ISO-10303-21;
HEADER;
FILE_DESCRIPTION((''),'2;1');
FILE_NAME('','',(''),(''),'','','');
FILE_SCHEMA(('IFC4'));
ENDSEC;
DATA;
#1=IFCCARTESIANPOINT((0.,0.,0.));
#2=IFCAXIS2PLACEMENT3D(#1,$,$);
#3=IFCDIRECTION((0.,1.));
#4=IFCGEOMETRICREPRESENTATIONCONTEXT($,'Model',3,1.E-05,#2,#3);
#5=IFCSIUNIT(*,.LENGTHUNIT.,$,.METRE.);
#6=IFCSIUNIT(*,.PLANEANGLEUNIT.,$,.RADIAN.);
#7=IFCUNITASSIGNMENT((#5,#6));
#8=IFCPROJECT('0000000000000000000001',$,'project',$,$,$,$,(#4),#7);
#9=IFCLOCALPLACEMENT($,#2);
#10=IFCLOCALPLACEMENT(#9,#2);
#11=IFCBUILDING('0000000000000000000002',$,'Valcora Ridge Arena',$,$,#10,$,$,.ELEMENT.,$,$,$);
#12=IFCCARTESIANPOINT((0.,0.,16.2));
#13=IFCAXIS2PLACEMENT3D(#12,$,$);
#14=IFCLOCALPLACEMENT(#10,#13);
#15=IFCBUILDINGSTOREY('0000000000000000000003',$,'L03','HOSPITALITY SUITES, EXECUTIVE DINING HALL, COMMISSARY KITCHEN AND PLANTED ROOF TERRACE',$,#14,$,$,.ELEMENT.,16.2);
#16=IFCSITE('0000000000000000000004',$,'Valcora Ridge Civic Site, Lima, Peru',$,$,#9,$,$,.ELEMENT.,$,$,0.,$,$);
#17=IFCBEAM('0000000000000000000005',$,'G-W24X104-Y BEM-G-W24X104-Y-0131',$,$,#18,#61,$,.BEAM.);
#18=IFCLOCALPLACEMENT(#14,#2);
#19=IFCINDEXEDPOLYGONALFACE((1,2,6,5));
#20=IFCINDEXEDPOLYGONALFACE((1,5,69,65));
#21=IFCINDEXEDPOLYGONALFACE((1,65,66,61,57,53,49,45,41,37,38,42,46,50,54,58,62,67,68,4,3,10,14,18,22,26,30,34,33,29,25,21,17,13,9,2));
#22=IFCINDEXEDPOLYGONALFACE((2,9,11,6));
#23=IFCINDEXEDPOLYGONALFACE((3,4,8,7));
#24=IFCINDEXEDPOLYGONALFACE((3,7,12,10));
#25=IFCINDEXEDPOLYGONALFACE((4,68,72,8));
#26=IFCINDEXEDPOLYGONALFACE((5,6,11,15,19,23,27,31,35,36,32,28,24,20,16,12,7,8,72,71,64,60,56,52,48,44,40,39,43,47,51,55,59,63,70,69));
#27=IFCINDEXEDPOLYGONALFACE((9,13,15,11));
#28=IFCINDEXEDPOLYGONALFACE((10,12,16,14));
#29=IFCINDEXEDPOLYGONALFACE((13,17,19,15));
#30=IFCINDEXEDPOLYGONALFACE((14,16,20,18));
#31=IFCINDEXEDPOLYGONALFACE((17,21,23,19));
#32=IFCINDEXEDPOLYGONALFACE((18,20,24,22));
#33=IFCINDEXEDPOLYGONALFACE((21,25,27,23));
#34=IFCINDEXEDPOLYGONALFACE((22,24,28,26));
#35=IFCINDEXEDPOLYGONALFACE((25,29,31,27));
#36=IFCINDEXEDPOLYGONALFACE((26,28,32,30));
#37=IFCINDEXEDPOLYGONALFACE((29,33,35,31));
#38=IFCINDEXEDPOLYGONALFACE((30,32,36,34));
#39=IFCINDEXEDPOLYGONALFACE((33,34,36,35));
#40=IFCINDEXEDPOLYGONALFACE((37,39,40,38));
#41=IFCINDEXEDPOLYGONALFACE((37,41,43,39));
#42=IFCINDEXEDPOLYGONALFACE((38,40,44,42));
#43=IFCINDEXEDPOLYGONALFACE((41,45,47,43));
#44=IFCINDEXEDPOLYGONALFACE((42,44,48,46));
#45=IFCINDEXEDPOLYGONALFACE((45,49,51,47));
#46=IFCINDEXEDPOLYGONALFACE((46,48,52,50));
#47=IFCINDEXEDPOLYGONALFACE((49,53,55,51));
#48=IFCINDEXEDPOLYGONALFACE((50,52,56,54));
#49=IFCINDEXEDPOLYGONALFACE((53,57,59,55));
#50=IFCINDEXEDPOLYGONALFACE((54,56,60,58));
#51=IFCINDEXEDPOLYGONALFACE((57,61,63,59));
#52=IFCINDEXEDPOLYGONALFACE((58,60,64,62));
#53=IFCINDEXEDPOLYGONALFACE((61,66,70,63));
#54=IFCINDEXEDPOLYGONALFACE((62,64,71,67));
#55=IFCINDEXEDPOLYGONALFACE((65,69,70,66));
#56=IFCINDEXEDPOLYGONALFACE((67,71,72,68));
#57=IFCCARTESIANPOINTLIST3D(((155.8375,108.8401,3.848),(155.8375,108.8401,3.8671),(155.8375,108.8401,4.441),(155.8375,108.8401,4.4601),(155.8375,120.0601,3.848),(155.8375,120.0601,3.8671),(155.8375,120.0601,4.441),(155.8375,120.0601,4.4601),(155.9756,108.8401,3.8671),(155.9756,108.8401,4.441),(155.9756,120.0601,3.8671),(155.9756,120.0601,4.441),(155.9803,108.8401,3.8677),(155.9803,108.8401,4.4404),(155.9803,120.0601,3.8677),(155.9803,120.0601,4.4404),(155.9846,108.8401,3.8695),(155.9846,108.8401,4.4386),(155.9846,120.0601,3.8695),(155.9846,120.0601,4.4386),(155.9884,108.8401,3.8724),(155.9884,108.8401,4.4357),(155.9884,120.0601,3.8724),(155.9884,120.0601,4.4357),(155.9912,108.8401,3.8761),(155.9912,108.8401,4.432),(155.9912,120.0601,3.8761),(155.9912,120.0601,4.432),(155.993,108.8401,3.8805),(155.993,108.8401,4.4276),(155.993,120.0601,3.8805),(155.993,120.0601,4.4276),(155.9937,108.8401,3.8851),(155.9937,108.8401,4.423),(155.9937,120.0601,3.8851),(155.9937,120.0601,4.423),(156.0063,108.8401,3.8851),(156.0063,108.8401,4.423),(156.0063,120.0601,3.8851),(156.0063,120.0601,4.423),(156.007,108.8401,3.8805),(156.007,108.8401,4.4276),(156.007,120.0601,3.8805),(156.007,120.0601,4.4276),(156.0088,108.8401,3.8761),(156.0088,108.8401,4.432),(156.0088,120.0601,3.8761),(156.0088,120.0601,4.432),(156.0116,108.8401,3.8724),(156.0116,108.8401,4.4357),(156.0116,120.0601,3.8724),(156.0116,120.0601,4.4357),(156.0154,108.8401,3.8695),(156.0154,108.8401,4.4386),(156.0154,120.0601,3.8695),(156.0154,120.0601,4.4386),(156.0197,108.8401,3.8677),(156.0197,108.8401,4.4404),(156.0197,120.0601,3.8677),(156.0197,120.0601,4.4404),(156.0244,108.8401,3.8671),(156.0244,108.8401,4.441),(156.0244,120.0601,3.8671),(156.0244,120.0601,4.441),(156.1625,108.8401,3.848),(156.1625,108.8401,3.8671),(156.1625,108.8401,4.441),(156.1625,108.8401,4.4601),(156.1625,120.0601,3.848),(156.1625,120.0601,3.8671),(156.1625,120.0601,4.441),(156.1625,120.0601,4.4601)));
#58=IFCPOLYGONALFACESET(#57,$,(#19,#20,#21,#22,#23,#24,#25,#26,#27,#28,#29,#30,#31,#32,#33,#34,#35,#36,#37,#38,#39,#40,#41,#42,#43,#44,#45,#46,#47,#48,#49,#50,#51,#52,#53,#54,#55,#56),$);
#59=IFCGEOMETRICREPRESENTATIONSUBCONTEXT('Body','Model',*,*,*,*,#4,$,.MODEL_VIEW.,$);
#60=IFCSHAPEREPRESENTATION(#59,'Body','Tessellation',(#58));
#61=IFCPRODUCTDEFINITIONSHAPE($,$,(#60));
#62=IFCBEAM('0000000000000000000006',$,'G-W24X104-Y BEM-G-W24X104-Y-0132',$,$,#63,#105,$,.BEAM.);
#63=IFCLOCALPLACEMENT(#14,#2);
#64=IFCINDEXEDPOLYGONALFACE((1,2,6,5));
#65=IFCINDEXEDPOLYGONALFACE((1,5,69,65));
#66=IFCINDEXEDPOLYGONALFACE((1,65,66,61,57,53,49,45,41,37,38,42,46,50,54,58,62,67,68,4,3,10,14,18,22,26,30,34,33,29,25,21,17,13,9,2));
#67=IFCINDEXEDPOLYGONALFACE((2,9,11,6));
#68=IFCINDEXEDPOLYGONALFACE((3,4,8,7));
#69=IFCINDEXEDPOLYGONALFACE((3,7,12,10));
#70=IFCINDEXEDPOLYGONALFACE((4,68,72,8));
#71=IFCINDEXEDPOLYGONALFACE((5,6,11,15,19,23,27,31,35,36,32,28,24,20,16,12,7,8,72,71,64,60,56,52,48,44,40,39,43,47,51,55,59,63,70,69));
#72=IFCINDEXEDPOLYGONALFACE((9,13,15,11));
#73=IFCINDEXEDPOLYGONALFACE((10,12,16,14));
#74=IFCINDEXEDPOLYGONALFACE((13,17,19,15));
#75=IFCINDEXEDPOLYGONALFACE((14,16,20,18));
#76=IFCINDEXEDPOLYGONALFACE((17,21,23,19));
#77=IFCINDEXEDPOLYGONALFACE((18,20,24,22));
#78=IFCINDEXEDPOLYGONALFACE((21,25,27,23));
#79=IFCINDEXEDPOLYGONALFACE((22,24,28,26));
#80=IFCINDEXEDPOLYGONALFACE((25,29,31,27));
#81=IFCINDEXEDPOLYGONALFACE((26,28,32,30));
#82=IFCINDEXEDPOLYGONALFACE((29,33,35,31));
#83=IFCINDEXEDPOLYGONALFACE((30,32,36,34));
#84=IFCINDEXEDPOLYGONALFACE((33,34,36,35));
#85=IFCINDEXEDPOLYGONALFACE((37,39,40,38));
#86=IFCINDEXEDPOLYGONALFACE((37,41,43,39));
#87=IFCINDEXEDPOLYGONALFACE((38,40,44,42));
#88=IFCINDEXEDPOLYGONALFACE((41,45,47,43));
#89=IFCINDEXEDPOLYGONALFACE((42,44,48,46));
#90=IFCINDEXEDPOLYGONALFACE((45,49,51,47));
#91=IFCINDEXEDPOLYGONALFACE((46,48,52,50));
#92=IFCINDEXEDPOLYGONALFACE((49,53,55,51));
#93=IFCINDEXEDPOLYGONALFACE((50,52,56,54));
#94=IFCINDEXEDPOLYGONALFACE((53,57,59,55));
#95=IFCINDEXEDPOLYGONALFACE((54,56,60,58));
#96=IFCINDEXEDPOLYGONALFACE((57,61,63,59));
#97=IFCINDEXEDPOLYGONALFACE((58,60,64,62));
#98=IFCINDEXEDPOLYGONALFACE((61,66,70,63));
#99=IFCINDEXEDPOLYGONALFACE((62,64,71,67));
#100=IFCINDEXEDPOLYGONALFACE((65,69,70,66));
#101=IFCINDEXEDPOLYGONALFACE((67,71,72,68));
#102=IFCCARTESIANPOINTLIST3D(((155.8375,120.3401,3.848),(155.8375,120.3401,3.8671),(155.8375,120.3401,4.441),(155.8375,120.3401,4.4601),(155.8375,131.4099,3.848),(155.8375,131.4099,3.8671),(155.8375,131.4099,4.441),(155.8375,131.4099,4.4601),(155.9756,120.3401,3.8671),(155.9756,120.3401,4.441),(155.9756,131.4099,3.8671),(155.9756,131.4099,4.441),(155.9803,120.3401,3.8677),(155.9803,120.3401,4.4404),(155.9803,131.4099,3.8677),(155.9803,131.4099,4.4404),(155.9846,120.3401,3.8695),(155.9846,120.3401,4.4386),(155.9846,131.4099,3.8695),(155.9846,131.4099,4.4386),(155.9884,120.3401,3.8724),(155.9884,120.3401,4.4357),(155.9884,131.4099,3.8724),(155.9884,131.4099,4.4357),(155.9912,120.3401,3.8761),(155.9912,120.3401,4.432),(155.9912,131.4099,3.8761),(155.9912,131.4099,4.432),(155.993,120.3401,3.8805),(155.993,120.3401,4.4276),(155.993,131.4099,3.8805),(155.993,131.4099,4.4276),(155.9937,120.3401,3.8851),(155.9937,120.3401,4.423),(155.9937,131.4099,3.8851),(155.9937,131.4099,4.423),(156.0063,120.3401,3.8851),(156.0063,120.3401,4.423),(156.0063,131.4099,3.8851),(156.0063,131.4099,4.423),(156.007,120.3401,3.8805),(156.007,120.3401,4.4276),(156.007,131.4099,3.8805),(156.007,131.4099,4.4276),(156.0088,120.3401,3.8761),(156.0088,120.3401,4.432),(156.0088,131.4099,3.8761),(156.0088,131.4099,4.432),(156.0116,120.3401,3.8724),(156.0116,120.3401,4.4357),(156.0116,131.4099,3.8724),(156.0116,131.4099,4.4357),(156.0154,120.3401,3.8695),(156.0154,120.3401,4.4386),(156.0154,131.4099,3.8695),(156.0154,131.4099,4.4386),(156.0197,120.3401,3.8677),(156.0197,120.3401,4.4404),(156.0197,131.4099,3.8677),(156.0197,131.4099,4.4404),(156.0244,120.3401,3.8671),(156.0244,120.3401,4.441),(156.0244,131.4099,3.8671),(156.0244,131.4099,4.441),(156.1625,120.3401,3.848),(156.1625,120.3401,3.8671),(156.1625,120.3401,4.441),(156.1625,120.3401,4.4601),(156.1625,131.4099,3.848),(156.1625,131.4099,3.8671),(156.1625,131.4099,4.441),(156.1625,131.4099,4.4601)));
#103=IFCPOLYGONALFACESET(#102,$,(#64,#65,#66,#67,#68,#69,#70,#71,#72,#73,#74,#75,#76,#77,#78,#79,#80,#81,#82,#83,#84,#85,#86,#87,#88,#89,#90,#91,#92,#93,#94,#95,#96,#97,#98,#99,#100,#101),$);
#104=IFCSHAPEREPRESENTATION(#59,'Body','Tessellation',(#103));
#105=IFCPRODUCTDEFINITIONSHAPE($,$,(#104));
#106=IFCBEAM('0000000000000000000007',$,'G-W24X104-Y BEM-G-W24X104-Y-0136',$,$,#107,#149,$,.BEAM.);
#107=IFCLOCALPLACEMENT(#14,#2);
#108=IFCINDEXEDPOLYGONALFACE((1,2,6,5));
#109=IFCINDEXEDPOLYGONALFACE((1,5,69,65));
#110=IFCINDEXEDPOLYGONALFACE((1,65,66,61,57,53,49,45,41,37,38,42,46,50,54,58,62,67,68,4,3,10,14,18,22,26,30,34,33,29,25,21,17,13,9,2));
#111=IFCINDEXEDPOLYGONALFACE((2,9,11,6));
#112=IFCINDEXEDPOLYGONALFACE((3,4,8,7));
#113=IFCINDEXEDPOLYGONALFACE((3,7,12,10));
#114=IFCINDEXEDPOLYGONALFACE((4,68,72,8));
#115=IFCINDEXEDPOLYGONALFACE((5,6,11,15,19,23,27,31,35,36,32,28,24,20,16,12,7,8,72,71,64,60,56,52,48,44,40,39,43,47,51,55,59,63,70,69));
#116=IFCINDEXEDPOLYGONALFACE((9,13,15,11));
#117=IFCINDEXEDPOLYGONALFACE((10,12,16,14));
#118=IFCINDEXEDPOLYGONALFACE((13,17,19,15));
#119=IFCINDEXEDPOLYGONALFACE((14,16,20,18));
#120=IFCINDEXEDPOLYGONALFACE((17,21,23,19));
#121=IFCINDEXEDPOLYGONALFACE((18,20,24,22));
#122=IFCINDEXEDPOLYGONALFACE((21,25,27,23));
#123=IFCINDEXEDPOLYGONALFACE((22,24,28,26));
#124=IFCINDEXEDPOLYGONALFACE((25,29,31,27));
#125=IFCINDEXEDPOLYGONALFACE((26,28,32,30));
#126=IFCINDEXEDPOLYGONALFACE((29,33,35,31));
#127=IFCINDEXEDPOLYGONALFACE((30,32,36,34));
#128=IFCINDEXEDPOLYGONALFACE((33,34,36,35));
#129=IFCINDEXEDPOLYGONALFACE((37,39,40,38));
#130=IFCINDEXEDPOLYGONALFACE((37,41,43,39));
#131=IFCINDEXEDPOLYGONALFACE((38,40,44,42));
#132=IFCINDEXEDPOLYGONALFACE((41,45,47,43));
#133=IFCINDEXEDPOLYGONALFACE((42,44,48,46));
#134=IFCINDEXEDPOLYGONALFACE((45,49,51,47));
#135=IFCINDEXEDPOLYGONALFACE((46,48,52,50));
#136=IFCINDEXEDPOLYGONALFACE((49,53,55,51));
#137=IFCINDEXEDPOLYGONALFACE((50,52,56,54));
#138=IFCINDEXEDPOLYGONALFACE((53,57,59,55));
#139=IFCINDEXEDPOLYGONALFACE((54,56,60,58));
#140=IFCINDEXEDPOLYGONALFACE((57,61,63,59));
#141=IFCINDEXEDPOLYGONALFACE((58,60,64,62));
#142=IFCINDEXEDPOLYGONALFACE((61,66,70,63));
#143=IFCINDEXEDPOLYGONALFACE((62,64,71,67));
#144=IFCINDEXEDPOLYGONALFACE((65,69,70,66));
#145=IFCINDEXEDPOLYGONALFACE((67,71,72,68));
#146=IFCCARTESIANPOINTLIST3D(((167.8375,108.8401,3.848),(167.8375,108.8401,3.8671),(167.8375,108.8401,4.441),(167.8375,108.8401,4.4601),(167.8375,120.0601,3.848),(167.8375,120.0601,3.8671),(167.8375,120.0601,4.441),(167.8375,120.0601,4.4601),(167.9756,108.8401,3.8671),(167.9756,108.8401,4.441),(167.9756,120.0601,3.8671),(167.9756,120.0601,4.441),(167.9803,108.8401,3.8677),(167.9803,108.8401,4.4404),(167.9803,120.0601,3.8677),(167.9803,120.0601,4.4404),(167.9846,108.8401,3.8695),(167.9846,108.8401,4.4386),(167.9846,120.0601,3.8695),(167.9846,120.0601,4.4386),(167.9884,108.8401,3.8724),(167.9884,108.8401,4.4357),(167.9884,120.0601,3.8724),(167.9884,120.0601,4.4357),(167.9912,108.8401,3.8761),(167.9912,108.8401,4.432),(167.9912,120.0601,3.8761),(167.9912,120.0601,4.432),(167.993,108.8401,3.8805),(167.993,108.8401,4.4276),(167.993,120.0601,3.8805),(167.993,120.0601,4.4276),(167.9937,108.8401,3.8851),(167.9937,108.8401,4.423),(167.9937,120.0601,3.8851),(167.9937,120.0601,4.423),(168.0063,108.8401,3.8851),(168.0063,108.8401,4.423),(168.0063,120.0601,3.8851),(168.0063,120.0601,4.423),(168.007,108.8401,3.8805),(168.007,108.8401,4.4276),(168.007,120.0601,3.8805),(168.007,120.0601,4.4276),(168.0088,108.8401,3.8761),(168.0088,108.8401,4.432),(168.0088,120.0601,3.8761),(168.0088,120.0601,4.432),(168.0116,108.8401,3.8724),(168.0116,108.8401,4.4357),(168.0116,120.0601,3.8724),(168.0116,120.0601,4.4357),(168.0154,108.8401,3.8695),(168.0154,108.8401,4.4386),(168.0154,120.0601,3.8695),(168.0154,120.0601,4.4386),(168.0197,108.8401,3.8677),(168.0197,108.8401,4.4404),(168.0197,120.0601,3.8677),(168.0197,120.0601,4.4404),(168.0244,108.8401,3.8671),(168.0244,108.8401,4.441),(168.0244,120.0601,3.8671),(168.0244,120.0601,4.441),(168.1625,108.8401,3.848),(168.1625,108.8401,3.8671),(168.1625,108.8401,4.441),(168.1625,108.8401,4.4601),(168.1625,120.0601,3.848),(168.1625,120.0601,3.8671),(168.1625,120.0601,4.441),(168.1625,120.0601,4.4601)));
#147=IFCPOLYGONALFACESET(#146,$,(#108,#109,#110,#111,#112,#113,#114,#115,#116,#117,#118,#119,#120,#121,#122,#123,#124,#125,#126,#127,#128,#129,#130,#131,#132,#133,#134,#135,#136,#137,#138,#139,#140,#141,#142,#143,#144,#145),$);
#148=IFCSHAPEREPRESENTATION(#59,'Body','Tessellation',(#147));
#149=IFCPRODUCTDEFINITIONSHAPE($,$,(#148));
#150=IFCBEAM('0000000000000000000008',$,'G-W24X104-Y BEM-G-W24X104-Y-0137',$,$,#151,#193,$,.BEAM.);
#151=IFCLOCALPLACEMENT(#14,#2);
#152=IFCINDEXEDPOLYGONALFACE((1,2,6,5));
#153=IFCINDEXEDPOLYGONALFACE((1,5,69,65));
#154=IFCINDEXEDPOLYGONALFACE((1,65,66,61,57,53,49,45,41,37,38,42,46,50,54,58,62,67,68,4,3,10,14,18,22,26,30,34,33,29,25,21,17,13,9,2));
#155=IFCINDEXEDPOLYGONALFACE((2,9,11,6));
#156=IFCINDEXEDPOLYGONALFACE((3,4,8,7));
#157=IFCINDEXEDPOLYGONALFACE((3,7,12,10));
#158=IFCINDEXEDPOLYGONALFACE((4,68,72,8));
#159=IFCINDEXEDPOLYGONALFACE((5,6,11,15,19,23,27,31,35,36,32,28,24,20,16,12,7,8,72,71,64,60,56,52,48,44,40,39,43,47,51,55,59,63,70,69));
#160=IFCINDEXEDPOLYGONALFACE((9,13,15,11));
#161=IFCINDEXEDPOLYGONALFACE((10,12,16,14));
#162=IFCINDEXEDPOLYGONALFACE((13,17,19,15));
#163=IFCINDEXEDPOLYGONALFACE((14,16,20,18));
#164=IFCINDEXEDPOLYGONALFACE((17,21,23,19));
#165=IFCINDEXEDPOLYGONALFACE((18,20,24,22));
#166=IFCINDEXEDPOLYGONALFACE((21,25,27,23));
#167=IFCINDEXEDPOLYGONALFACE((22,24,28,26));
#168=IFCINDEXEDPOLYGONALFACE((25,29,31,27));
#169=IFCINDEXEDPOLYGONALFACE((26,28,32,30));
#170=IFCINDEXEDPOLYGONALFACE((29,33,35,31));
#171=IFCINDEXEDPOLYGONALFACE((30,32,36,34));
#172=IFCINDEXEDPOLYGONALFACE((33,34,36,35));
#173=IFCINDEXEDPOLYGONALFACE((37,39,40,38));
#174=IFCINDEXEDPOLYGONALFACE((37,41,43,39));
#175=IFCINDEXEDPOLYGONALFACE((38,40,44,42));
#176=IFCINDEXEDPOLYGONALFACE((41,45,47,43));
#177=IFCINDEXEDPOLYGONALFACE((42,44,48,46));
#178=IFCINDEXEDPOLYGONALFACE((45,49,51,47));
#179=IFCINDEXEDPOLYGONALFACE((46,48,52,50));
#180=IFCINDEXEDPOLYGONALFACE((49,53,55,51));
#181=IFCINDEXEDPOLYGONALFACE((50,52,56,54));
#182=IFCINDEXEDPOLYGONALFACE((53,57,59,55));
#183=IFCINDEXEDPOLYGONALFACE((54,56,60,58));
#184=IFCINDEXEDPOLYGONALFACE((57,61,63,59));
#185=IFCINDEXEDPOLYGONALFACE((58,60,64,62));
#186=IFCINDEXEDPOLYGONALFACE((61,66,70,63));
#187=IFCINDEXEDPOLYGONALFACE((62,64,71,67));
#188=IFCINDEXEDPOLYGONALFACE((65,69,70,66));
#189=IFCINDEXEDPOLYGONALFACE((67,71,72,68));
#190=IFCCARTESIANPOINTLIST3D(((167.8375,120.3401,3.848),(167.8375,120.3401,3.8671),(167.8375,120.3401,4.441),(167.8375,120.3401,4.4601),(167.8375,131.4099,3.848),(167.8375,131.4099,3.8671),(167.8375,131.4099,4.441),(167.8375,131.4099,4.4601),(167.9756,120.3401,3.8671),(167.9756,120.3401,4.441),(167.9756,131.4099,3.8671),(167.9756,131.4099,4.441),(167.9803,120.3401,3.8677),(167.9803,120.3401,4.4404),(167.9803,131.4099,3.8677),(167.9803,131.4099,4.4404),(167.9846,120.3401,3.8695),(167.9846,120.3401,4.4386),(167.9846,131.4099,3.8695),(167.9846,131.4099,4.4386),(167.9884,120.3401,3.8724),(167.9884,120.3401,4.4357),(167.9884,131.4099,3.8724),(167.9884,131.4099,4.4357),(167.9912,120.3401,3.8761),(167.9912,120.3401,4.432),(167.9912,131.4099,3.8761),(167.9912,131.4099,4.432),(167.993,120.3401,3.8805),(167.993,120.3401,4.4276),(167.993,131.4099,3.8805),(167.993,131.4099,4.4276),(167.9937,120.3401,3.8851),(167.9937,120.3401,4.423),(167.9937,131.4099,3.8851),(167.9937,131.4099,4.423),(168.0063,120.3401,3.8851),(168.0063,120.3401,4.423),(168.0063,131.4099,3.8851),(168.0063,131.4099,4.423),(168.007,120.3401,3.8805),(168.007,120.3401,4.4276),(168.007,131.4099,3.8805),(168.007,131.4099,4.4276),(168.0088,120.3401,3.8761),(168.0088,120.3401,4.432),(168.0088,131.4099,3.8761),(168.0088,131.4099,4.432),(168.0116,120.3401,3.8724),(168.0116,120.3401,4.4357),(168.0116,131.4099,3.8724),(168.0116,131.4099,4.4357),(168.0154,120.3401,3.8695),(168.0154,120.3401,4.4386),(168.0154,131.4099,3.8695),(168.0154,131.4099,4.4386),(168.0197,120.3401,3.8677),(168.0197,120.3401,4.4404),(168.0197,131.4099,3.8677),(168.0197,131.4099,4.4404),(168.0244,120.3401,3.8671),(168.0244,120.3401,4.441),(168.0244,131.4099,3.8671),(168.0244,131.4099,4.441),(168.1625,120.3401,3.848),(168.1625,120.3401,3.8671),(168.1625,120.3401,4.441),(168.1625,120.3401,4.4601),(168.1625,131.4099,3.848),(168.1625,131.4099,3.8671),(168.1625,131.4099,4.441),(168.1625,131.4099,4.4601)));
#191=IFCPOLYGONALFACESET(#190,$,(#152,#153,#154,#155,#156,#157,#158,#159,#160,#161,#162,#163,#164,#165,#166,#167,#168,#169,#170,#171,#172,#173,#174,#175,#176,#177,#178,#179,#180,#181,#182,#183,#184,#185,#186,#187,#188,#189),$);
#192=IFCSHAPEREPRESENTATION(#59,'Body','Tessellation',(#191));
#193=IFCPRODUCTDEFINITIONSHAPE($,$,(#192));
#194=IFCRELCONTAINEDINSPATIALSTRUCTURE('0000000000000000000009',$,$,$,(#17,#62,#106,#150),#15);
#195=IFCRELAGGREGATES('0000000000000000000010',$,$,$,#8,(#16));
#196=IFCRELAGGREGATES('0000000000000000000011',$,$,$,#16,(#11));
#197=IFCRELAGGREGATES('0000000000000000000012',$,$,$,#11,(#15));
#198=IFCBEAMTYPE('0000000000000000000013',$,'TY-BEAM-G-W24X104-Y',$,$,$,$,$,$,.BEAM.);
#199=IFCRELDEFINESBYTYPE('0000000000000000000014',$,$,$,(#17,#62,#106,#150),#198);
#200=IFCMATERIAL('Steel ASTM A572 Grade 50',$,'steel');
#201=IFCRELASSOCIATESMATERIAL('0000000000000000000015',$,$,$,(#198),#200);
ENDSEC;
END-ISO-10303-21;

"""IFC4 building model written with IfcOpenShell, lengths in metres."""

from ifc_helpers import new_model, si_unit, direction, frame, origin, origin_2d, place, context, subcontext, project, spatial, i_section, extrude, material, material_profile, profile_set, type_object, element, save


model = new_model("IFC4")

# Units and contexts
model_context = context("Model", 3, precision=1e-05, world=origin(), true_north=direction((0.0, 1.0)))
body_context = subcontext(model_context, "Body", "Model", "MODEL_VIEW")
ifc_project = project(units=[si_unit("LENGTHUNIT", "METRE"), si_unit("PLANEANGLEUNIT", "RADIAN")], contexts=[model_context])

# Site, building, storey
site_placement = place(None, origin())
site = spatial("IfcSite", under=ifc_project, at=site_placement, Name="Valcora Ridge Civic Site, Lima, Peru", CompositionType="ELEMENT", RefElevation=0.0)
building_placement = place(site_placement, origin())
building = spatial("IfcBuilding", under=site, at=building_placement, Name="Valcora Ridge Arena", CompositionType="ELEMENT")
storey_placement = place(building_placement, frame((0.0, 0.0, 16.2)))
storey = spatial("IfcBuildingStorey", under=building, at=storey_placement, Name="L03", Description="HOSPITALITY SUITES, EXECUTIVE DINING HALL, COMMISSARY KITCHEN AND PLANTED ROOF TERRACE", CompositionType="ELEMENT", Elevation=16.2)

# Beams
ifc_material_1 = material(Name="Steel ASTM A572 Grade 50", Category="steel")
ifc_material_profile_1 = material_profile(ifc_material_1, i_section(OverallWidth=0.325, OverallDepth=0.6121, WebThickness=0.0127, FlangeThickness=0.019, FilletRadius=0.0181, at=origin_2d()), Name="W24X104")
ifc_profile_set_1 = profile_set([ifc_material_profile_1], Name="Steel ASTM A572 Grade 50")
beam_type_1 = type_object("IfcBeamType", Name="TY-BEAM-G-W24X104-Y", PredefinedType="BEAM", material=ifc_profile_set_1)
beam_1_placement = place(storey_placement, frame((156.0, 108.8401, 4.1541), z_axis=(0.0, 1.0, 0.0), x_axis=(-1.0, 0.0, 0.0)))
element("IfcBeam", 1, at=beam_1_placement, inside=storey, type_object=beam_type_1, Name="G-W24X104-Y BEM-G-W24X104-Y-0131", PredefinedType="BEAM", context=body_context, shape_type="SweptSolid", body=[
    extrude(i_section(OverallWidth=0.325, OverallDepth=0.6121, WebThickness=0.0127, FlangeThickness=0.019, FilletRadius=0.0181, at=origin_2d()), origin(), (0.0, 0.0, 1.0), 11.22),
])
beam_2_placement = place(storey_placement, frame((156.0, 120.3401, 4.1541), z_axis=(0.0, 1.0, 0.0), x_axis=(-1.0, 0.0, 0.0)))
element("IfcBeam", 2, at=beam_2_placement, inside=storey, type_object=beam_type_1, Name="G-W24X104-Y BEM-G-W24X104-Y-0132", PredefinedType="BEAM", context=body_context, shape_type="SweptSolid", body=[
    extrude(i_section(OverallWidth=0.325, OverallDepth=0.6121, WebThickness=0.0127, FlangeThickness=0.019, FilletRadius=0.0181, at=origin_2d()), origin(), (0.0, 0.0, 1.0), 11.0698),
])
beam_3_placement = place(storey_placement, frame((168.0, 108.8401, 4.1541), z_axis=(0.0, 1.0, 0.0), x_axis=(-1.0, 0.0, 0.0)))
element("IfcBeam", 3, at=beam_3_placement, inside=storey, type_object=beam_type_1, Name="G-W24X104-Y BEM-G-W24X104-Y-0136", PredefinedType="BEAM", context=body_context, shape_type="SweptSolid", body=[
    extrude(i_section(OverallWidth=0.325, OverallDepth=0.6121, WebThickness=0.0127, FlangeThickness=0.019, FilletRadius=0.0181, at=origin_2d()), origin(), (0.0, 0.0, 1.0), 11.22),
])
beam_4_placement = place(storey_placement, frame((168.0, 120.3401, 4.1541), z_axis=(0.0, 1.0, 0.0), x_axis=(-1.0, 0.0, 0.0)))
element("IfcBeam", 4, at=beam_4_placement, inside=storey, type_object=beam_type_1, Name="G-W24X104-Y BEM-G-W24X104-Y-0137", PredefinedType="BEAM", context=body_context, shape_type="SweptSolid", body=[
    extrude(i_section(OverallWidth=0.325, OverallDepth=0.6121, WebThickness=0.0127, FlangeThickness=0.019, FilletRadius=0.0181, at=origin_2d()), origin(), (0.0, 0.0, 1.0), 11.0698),
])

save(model, "model.ifc")
